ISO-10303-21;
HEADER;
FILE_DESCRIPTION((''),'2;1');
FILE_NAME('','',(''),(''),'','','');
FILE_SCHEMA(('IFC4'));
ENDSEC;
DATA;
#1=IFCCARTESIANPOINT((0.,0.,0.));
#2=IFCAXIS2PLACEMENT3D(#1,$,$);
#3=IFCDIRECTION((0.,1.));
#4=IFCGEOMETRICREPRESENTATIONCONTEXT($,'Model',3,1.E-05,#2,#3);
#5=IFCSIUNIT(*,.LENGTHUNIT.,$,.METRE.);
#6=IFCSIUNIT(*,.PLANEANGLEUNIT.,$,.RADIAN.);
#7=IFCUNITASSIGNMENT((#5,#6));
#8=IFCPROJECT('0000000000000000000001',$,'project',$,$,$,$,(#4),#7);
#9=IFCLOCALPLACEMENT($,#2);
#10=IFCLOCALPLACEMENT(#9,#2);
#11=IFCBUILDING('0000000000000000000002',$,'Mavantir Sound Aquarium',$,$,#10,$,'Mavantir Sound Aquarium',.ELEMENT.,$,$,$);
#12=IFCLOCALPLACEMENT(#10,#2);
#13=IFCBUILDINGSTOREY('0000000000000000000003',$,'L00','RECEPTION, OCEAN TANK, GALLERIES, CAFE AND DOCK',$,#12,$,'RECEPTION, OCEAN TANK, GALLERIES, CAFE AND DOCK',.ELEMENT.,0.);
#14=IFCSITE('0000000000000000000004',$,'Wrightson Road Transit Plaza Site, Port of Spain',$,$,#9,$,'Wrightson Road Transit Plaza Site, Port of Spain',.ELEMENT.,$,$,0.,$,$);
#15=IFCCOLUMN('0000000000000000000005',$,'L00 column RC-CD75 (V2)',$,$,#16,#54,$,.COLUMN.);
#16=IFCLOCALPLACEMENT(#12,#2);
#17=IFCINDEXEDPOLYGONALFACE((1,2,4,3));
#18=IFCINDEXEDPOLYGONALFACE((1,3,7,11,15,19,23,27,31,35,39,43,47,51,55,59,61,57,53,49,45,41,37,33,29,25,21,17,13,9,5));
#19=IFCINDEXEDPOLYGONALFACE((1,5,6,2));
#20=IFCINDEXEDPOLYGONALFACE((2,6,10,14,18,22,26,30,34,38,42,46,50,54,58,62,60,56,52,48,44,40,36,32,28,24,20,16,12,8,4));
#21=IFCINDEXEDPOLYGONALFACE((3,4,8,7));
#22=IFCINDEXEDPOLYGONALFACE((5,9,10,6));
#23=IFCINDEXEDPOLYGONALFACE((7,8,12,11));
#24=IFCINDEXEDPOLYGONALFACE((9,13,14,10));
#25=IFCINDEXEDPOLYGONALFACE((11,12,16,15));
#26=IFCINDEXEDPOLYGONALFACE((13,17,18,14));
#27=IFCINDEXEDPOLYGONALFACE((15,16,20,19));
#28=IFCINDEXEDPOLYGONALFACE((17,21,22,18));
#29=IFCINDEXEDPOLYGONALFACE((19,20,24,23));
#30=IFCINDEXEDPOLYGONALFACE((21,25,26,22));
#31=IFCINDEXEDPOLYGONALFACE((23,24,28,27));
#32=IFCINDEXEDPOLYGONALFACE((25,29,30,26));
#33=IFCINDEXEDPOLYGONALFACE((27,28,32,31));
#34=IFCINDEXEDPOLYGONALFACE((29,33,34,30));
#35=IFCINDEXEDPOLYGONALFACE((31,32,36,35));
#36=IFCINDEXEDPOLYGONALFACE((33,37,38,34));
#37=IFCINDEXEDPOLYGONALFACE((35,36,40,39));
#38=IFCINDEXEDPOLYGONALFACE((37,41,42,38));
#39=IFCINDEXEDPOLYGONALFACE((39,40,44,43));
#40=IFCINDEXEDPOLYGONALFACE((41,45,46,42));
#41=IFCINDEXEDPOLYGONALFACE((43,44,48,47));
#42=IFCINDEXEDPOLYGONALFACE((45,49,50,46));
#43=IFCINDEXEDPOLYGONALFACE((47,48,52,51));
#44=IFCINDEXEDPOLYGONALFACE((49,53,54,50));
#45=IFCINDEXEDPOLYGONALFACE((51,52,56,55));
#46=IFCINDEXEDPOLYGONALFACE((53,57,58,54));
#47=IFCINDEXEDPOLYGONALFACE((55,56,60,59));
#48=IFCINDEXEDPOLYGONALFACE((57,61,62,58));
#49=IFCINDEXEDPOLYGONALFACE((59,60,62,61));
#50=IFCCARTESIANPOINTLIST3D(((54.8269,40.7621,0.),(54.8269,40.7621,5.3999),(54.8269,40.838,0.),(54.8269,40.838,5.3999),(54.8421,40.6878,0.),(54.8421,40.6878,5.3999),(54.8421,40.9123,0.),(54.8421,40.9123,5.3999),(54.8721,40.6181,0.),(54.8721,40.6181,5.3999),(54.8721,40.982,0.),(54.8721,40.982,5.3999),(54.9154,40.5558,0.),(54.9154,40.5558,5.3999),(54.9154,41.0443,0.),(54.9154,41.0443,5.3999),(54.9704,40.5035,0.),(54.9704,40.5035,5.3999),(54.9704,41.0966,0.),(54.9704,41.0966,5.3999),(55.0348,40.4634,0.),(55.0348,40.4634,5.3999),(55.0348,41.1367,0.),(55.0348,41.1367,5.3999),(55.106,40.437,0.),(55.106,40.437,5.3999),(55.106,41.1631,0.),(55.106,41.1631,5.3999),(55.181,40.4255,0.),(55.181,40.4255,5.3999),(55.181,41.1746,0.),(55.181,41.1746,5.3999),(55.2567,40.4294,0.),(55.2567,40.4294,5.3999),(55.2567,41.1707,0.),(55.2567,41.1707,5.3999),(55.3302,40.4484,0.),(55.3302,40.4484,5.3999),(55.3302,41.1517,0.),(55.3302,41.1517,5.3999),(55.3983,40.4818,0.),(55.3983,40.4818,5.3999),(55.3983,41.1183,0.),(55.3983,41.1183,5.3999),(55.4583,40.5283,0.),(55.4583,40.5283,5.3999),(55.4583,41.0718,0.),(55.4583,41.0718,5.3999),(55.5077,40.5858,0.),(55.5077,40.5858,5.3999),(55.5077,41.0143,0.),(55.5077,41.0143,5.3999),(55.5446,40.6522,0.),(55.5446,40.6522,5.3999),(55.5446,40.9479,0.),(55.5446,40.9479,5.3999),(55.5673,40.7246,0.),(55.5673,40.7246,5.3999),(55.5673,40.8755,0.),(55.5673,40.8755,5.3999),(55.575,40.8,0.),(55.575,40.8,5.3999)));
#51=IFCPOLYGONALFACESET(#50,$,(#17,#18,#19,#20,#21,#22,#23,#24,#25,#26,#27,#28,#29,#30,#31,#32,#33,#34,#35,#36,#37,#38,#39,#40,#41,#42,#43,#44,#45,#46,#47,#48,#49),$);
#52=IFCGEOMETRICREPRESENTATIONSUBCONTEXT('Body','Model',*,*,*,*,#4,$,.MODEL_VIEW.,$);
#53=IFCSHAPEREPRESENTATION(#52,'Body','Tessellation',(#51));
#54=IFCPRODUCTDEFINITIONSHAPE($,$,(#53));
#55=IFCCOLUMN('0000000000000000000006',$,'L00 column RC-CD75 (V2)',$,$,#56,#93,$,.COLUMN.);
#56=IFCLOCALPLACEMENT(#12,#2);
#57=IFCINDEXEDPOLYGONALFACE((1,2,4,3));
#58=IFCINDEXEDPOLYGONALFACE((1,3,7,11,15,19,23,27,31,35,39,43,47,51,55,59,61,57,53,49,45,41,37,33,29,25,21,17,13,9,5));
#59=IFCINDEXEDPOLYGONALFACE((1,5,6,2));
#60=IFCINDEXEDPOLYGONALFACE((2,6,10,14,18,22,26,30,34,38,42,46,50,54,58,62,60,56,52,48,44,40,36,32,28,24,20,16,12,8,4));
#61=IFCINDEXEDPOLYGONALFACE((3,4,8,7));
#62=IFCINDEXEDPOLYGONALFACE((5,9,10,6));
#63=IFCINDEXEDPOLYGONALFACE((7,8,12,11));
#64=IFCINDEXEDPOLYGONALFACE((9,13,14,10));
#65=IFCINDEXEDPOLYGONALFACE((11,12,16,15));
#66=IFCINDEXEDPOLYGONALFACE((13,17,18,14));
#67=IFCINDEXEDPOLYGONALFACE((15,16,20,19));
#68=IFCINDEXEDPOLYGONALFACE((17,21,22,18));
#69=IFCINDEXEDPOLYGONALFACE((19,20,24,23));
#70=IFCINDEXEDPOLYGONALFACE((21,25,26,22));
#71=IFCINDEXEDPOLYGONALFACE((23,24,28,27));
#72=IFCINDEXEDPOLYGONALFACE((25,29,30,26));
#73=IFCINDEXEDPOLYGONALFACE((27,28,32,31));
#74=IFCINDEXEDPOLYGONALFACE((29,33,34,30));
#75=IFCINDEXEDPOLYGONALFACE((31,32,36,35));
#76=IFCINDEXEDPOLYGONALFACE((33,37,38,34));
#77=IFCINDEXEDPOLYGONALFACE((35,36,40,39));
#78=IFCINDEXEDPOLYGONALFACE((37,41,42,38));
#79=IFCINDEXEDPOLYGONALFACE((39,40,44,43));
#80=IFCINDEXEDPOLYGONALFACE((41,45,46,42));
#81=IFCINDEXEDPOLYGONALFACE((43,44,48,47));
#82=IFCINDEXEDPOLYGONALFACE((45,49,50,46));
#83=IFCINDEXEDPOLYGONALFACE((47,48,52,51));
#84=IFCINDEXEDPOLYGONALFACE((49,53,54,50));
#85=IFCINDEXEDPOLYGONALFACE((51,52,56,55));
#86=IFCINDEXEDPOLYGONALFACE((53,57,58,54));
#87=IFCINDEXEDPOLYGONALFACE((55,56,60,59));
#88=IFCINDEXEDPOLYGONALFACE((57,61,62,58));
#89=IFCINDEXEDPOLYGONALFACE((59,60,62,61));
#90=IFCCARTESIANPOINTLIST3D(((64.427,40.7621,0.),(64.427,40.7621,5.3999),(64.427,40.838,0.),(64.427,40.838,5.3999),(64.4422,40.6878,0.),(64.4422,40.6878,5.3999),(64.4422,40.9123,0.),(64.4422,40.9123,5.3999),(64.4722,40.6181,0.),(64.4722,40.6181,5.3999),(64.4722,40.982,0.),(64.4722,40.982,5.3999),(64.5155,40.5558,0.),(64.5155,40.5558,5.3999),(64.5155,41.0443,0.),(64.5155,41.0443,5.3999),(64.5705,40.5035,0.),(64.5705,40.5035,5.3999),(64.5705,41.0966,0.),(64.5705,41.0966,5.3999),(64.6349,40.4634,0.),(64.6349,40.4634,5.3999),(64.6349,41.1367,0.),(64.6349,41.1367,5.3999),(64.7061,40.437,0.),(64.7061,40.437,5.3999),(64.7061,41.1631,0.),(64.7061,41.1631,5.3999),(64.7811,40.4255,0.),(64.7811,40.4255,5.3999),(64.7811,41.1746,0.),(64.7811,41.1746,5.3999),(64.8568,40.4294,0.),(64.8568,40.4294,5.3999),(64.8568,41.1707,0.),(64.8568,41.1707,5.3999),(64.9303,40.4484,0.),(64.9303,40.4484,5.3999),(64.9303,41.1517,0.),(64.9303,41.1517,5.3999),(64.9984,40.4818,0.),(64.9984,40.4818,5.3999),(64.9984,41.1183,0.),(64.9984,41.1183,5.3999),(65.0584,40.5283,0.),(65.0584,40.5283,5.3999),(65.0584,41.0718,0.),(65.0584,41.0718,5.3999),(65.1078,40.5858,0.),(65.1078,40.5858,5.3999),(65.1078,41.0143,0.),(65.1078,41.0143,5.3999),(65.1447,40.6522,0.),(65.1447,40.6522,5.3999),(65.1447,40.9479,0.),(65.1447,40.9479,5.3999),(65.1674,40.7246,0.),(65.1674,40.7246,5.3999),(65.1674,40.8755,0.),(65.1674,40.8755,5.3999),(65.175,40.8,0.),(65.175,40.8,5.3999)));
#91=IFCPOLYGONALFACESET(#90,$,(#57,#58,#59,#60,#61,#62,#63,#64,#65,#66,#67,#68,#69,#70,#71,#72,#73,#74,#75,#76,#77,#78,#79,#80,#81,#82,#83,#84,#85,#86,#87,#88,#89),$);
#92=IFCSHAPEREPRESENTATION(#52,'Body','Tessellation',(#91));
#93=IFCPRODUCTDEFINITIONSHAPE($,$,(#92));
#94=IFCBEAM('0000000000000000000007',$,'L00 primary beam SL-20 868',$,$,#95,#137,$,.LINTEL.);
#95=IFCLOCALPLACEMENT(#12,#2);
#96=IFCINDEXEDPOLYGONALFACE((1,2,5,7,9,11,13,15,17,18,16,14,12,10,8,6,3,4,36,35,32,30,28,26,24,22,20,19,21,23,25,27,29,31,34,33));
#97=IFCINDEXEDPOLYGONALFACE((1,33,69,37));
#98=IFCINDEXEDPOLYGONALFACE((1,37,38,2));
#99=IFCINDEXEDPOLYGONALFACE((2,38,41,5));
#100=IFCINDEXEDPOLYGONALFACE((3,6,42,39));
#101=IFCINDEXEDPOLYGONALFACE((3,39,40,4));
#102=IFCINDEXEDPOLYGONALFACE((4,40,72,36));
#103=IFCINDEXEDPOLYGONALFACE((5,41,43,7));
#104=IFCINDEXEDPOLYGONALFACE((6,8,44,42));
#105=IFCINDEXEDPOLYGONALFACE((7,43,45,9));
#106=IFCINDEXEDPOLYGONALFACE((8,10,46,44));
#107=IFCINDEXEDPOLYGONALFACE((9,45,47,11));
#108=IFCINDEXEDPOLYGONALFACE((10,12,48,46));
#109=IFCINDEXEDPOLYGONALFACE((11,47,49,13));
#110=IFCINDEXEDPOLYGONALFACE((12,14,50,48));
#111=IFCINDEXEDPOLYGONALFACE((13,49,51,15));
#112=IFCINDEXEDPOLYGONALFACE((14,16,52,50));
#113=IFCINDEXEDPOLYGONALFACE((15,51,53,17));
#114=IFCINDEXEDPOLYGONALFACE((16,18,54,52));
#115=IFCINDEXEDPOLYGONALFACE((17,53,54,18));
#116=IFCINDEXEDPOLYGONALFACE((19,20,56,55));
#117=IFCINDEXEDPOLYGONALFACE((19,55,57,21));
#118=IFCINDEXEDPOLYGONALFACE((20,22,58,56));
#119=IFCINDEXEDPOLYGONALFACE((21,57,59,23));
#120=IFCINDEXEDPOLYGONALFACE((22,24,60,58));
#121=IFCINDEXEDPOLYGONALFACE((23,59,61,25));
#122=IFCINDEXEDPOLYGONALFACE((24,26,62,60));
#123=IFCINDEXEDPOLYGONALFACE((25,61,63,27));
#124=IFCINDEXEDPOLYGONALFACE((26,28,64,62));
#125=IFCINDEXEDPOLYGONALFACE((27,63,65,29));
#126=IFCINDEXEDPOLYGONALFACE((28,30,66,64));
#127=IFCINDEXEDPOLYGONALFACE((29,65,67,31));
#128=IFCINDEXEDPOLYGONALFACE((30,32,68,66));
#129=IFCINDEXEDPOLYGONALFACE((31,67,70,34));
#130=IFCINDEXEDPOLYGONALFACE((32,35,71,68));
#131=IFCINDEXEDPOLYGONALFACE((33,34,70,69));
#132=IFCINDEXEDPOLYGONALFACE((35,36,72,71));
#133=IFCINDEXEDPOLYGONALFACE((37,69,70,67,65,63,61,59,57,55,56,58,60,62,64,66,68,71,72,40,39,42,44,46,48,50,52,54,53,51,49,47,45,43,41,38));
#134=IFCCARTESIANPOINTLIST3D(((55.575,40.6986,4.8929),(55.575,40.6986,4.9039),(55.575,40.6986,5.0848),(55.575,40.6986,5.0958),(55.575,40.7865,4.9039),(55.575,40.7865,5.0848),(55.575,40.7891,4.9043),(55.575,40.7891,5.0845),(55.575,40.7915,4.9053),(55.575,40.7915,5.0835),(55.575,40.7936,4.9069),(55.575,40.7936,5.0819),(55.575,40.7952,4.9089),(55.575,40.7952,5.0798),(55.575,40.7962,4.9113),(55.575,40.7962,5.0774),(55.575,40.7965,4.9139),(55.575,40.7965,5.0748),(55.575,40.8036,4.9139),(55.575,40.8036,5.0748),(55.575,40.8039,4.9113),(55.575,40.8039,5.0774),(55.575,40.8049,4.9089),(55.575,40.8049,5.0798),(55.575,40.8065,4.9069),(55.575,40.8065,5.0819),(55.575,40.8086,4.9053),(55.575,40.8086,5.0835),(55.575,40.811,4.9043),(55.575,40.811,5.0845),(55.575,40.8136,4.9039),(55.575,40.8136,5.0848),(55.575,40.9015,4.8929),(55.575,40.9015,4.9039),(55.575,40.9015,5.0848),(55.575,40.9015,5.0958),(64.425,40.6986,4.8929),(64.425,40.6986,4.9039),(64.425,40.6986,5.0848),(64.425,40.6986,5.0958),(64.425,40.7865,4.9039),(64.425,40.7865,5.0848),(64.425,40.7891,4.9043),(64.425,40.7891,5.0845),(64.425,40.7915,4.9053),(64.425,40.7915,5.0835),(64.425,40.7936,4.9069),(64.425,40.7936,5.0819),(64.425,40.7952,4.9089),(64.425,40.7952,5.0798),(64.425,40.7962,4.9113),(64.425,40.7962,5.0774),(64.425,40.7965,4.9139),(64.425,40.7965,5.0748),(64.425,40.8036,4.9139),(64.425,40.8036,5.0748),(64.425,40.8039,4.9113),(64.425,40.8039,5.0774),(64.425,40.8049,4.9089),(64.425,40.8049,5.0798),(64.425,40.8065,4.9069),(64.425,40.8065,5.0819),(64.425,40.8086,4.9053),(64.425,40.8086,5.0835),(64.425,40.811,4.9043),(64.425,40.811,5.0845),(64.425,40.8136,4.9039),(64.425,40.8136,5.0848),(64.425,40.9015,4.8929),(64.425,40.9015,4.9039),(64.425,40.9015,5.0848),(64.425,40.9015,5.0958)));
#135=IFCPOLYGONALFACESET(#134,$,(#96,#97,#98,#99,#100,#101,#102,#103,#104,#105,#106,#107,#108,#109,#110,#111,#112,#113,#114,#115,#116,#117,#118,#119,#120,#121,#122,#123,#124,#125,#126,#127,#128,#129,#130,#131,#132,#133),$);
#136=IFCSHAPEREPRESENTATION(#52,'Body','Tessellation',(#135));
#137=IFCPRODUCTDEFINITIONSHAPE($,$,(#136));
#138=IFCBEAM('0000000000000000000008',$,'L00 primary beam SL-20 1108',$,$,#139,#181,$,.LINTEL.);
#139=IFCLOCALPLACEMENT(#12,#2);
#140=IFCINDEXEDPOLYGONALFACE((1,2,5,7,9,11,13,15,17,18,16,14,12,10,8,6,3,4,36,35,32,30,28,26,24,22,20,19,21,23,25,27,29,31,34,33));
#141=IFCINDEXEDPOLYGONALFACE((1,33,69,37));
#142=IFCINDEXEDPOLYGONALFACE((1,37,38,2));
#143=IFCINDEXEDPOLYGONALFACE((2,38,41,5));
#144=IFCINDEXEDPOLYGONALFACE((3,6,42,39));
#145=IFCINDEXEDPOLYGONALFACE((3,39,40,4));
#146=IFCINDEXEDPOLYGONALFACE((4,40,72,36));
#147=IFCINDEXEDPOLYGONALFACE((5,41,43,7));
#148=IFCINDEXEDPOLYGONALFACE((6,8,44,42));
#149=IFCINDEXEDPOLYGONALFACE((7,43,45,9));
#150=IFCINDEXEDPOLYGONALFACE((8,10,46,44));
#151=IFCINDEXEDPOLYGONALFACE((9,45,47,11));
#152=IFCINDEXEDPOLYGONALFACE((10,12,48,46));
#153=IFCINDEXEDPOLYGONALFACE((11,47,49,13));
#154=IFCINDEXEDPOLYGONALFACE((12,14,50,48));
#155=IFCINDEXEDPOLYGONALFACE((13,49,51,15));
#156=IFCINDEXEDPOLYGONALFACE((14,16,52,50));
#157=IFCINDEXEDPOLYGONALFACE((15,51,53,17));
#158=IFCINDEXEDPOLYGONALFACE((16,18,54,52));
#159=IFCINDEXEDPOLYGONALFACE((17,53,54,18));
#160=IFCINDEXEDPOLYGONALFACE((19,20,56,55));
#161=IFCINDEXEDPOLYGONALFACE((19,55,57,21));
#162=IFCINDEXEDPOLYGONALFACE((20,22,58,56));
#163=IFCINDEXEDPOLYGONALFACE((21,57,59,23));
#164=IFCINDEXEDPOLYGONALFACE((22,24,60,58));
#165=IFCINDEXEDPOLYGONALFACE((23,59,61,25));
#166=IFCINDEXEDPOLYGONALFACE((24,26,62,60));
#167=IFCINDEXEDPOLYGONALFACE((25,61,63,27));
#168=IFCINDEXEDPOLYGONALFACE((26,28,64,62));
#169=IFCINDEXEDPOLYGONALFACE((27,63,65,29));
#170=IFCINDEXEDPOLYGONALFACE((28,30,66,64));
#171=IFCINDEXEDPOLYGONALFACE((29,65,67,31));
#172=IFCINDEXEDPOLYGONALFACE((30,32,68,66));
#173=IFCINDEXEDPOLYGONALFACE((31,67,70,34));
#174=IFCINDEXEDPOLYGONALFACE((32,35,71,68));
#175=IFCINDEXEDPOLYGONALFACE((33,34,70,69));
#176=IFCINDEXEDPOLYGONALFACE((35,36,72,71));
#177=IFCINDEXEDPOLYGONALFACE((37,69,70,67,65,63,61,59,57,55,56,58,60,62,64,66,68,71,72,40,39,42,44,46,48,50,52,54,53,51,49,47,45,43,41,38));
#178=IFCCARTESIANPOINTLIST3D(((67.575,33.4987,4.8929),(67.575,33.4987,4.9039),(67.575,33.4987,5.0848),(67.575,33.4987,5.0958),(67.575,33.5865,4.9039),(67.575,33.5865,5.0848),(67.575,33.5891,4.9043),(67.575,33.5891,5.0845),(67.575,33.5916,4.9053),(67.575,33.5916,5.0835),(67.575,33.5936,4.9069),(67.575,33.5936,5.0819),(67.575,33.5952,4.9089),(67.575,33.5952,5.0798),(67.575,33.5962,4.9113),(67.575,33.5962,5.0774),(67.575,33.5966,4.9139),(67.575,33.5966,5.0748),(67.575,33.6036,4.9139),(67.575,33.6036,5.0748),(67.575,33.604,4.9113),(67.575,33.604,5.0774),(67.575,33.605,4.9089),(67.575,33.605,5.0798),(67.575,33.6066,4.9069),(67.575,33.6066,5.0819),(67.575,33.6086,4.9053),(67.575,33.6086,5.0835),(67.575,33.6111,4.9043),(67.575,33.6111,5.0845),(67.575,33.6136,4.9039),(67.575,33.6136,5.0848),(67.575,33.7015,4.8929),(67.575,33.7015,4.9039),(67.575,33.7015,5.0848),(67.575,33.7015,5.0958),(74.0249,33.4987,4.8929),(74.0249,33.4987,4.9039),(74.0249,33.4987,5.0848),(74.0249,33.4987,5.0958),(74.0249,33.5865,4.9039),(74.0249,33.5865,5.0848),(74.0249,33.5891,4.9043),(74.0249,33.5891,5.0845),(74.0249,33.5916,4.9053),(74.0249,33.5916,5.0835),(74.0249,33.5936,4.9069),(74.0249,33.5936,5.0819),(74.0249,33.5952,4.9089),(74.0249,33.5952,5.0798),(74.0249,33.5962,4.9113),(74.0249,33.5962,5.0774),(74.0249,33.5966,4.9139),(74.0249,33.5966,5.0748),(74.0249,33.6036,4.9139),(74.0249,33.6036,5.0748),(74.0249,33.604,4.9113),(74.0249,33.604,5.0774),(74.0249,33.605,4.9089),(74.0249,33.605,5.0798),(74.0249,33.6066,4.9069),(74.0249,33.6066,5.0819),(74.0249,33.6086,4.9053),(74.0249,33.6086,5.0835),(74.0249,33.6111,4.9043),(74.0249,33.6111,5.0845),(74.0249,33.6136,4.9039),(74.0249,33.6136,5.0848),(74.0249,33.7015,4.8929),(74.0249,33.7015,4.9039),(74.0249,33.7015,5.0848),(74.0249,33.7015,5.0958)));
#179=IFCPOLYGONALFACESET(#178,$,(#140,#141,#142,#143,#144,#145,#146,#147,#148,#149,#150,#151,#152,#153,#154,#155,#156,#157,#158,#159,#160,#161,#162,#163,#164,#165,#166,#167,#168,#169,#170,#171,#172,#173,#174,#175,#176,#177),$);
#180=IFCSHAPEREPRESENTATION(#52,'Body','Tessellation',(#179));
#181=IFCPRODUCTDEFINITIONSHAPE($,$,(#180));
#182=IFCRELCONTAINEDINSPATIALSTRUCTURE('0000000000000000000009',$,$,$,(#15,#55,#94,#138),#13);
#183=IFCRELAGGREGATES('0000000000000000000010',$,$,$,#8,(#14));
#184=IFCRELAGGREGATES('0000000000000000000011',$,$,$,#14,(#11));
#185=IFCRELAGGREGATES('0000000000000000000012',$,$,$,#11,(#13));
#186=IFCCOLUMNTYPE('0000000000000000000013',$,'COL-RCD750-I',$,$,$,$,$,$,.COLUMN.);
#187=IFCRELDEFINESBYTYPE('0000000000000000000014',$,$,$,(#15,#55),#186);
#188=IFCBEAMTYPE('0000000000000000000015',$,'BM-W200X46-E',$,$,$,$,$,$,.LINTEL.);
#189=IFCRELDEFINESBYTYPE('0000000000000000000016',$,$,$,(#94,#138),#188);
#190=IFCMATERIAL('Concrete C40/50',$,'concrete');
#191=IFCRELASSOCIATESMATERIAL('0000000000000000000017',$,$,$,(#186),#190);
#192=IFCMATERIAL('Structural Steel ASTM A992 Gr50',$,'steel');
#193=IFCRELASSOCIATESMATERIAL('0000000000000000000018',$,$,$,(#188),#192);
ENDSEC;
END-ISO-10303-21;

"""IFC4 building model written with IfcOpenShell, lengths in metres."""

from ifc_helpers import new_model, si_unit, direction, frame, origin, origin_2d, place, context, subcontext, project, spatial, circle, i_section, extrude, material, material_profile, profile_set, type_object, element, save


model = new_model("IFC4")

# Units and contexts
model_context = context("Model", 3, precision=1e-05, world=origin(), true_north=direction((0.0, 1.0)))
body_context = subcontext(model_context, "Body", "Model", "MODEL_VIEW")
ifc_project = project(units=[si_unit("LENGTHUNIT", "METRE"), si_unit("PLANEANGLEUNIT", "RADIAN")], contexts=[model_context])

# Site, building, storey
site_placement = place(None, origin())
site = spatial("IfcSite", under=ifc_project, at=site_placement, Name="Wrightson Road Transit Plaza Site, Port of Spain", LongName="Wrightson Road Transit Plaza Site, Port of Spain", CompositionType="ELEMENT", RefElevation=0.0)
building_placement = place(site_placement, origin())
building = spatial("IfcBuilding", under=site, at=building_placement, Name="Mavantir Sound Aquarium", LongName="Mavantir Sound Aquarium", CompositionType="ELEMENT")
storey_placement = place(building_placement, origin())
storey = spatial("IfcBuildingStorey", under=building, at=storey_placement, Name="L00", Description="RECEPTION, OCEAN TANK, GALLERIES, CAFE AND DOCK", LongName="RECEPTION, OCEAN TANK, GALLERIES, CAFE AND DOCK", CompositionType="ELEMENT", Elevation=0.0)

# Columns
ifc_material_1 = material(Name="Concrete C40/50", Category="concrete")
ifc_material_profile_1 = material_profile(ifc_material_1, circle(Radius=0.375, at=origin_2d()), Name="RC D750")
ifc_profile_set_1 = profile_set([ifc_material_profile_1], Name="Concrete C40/50")
column_type_1 = type_object("IfcColumnType", Name="COL-RCD750-I", PredefinedType="COLUMN", material=ifc_profile_set_1)
for number, where, z_axis, x_axis, name in (
    (1, (55.2, 40.8, 0.0), (0.0, 0.0, 1.0), (1.0, 0.0, 0.0), "L00 column RC-CD75 (V2)"),
    (2, (64.8, 40.8, 0.0), (0.0, 0.0, 1.0), (1.0, 0.0, 0.0), "L00 column RC-CD75 (V2)"),
):
    element("IfcColumn", number, at=place(storey_placement, frame(where, z_axis=z_axis, x_axis=x_axis)), inside=storey, type_object=column_type_1, Name=name, PredefinedType="COLUMN", context=body_context, shape_type="SweptSolid", body=[
        extrude(circle(Radius=0.375, at=origin_2d()), origin(), (0.0, 0.0, 1.0), 5.3999),
    ])

# Beams
ifc_material_2 = material(Name="Structural Steel ASTM A992 Gr50", Category="steel")
ifc_material_profile_2 = material_profile(ifc_material_2, i_section(OverallWidth=0.2029, OverallDepth=0.2029, WebThickness=0.0071, FlangeThickness=0.011, FilletRadius=0.01, at=origin_2d()), Name="W200X46")
ifc_profile_set_2 = profile_set([ifc_material_profile_2], Name="Structural Steel ASTM A992 Gr50")
beam_type_1 = type_object("IfcBeamType", Name="BM-W200X46-E", PredefinedType="LINTEL", material=ifc_profile_set_2)
beam_1_placement = place(storey_placement, frame((55.575, 40.8, 4.9944), z_axis=(1.0, 0.0, 0.0), x_axis=(0.0, 1.0, 0.0)))
element("IfcBeam", 3, at=beam_1_placement, inside=storey, type_object=beam_type_1, Name="L00 primary beam SL-20 868", PredefinedType="LINTEL", context=body_context, shape_type="SweptSolid", body=[
    extrude(i_section(OverallWidth=0.2029, OverallDepth=0.2029, WebThickness=0.0071, FlangeThickness=0.011, FilletRadius=0.01, at=origin_2d()), origin(), (0.0, 0.0, 1.0), 8.8501),
])
beam_2_placement = place(storey_placement, frame((67.575, 33.6001, 4.9944), z_axis=(1.0, 0.0, 0.0), x_axis=(0.0, 1.0, 0.0)))
element("IfcBeam", 4, at=beam_2_placement, inside=storey, type_object=beam_type_1, Name="L00 primary beam SL-20 1108", PredefinedType="LINTEL", context=body_context, shape_type="SweptSolid", body=[
    extrude(i_section(OverallWidth=0.2029, OverallDepth=0.2029, WebThickness=0.0071, FlangeThickness=0.011, FilletRadius=0.01, at=origin_2d()), origin(), (0.0, 0.0, 1.0), 6.45),
])

save(model, "model.ifc")
